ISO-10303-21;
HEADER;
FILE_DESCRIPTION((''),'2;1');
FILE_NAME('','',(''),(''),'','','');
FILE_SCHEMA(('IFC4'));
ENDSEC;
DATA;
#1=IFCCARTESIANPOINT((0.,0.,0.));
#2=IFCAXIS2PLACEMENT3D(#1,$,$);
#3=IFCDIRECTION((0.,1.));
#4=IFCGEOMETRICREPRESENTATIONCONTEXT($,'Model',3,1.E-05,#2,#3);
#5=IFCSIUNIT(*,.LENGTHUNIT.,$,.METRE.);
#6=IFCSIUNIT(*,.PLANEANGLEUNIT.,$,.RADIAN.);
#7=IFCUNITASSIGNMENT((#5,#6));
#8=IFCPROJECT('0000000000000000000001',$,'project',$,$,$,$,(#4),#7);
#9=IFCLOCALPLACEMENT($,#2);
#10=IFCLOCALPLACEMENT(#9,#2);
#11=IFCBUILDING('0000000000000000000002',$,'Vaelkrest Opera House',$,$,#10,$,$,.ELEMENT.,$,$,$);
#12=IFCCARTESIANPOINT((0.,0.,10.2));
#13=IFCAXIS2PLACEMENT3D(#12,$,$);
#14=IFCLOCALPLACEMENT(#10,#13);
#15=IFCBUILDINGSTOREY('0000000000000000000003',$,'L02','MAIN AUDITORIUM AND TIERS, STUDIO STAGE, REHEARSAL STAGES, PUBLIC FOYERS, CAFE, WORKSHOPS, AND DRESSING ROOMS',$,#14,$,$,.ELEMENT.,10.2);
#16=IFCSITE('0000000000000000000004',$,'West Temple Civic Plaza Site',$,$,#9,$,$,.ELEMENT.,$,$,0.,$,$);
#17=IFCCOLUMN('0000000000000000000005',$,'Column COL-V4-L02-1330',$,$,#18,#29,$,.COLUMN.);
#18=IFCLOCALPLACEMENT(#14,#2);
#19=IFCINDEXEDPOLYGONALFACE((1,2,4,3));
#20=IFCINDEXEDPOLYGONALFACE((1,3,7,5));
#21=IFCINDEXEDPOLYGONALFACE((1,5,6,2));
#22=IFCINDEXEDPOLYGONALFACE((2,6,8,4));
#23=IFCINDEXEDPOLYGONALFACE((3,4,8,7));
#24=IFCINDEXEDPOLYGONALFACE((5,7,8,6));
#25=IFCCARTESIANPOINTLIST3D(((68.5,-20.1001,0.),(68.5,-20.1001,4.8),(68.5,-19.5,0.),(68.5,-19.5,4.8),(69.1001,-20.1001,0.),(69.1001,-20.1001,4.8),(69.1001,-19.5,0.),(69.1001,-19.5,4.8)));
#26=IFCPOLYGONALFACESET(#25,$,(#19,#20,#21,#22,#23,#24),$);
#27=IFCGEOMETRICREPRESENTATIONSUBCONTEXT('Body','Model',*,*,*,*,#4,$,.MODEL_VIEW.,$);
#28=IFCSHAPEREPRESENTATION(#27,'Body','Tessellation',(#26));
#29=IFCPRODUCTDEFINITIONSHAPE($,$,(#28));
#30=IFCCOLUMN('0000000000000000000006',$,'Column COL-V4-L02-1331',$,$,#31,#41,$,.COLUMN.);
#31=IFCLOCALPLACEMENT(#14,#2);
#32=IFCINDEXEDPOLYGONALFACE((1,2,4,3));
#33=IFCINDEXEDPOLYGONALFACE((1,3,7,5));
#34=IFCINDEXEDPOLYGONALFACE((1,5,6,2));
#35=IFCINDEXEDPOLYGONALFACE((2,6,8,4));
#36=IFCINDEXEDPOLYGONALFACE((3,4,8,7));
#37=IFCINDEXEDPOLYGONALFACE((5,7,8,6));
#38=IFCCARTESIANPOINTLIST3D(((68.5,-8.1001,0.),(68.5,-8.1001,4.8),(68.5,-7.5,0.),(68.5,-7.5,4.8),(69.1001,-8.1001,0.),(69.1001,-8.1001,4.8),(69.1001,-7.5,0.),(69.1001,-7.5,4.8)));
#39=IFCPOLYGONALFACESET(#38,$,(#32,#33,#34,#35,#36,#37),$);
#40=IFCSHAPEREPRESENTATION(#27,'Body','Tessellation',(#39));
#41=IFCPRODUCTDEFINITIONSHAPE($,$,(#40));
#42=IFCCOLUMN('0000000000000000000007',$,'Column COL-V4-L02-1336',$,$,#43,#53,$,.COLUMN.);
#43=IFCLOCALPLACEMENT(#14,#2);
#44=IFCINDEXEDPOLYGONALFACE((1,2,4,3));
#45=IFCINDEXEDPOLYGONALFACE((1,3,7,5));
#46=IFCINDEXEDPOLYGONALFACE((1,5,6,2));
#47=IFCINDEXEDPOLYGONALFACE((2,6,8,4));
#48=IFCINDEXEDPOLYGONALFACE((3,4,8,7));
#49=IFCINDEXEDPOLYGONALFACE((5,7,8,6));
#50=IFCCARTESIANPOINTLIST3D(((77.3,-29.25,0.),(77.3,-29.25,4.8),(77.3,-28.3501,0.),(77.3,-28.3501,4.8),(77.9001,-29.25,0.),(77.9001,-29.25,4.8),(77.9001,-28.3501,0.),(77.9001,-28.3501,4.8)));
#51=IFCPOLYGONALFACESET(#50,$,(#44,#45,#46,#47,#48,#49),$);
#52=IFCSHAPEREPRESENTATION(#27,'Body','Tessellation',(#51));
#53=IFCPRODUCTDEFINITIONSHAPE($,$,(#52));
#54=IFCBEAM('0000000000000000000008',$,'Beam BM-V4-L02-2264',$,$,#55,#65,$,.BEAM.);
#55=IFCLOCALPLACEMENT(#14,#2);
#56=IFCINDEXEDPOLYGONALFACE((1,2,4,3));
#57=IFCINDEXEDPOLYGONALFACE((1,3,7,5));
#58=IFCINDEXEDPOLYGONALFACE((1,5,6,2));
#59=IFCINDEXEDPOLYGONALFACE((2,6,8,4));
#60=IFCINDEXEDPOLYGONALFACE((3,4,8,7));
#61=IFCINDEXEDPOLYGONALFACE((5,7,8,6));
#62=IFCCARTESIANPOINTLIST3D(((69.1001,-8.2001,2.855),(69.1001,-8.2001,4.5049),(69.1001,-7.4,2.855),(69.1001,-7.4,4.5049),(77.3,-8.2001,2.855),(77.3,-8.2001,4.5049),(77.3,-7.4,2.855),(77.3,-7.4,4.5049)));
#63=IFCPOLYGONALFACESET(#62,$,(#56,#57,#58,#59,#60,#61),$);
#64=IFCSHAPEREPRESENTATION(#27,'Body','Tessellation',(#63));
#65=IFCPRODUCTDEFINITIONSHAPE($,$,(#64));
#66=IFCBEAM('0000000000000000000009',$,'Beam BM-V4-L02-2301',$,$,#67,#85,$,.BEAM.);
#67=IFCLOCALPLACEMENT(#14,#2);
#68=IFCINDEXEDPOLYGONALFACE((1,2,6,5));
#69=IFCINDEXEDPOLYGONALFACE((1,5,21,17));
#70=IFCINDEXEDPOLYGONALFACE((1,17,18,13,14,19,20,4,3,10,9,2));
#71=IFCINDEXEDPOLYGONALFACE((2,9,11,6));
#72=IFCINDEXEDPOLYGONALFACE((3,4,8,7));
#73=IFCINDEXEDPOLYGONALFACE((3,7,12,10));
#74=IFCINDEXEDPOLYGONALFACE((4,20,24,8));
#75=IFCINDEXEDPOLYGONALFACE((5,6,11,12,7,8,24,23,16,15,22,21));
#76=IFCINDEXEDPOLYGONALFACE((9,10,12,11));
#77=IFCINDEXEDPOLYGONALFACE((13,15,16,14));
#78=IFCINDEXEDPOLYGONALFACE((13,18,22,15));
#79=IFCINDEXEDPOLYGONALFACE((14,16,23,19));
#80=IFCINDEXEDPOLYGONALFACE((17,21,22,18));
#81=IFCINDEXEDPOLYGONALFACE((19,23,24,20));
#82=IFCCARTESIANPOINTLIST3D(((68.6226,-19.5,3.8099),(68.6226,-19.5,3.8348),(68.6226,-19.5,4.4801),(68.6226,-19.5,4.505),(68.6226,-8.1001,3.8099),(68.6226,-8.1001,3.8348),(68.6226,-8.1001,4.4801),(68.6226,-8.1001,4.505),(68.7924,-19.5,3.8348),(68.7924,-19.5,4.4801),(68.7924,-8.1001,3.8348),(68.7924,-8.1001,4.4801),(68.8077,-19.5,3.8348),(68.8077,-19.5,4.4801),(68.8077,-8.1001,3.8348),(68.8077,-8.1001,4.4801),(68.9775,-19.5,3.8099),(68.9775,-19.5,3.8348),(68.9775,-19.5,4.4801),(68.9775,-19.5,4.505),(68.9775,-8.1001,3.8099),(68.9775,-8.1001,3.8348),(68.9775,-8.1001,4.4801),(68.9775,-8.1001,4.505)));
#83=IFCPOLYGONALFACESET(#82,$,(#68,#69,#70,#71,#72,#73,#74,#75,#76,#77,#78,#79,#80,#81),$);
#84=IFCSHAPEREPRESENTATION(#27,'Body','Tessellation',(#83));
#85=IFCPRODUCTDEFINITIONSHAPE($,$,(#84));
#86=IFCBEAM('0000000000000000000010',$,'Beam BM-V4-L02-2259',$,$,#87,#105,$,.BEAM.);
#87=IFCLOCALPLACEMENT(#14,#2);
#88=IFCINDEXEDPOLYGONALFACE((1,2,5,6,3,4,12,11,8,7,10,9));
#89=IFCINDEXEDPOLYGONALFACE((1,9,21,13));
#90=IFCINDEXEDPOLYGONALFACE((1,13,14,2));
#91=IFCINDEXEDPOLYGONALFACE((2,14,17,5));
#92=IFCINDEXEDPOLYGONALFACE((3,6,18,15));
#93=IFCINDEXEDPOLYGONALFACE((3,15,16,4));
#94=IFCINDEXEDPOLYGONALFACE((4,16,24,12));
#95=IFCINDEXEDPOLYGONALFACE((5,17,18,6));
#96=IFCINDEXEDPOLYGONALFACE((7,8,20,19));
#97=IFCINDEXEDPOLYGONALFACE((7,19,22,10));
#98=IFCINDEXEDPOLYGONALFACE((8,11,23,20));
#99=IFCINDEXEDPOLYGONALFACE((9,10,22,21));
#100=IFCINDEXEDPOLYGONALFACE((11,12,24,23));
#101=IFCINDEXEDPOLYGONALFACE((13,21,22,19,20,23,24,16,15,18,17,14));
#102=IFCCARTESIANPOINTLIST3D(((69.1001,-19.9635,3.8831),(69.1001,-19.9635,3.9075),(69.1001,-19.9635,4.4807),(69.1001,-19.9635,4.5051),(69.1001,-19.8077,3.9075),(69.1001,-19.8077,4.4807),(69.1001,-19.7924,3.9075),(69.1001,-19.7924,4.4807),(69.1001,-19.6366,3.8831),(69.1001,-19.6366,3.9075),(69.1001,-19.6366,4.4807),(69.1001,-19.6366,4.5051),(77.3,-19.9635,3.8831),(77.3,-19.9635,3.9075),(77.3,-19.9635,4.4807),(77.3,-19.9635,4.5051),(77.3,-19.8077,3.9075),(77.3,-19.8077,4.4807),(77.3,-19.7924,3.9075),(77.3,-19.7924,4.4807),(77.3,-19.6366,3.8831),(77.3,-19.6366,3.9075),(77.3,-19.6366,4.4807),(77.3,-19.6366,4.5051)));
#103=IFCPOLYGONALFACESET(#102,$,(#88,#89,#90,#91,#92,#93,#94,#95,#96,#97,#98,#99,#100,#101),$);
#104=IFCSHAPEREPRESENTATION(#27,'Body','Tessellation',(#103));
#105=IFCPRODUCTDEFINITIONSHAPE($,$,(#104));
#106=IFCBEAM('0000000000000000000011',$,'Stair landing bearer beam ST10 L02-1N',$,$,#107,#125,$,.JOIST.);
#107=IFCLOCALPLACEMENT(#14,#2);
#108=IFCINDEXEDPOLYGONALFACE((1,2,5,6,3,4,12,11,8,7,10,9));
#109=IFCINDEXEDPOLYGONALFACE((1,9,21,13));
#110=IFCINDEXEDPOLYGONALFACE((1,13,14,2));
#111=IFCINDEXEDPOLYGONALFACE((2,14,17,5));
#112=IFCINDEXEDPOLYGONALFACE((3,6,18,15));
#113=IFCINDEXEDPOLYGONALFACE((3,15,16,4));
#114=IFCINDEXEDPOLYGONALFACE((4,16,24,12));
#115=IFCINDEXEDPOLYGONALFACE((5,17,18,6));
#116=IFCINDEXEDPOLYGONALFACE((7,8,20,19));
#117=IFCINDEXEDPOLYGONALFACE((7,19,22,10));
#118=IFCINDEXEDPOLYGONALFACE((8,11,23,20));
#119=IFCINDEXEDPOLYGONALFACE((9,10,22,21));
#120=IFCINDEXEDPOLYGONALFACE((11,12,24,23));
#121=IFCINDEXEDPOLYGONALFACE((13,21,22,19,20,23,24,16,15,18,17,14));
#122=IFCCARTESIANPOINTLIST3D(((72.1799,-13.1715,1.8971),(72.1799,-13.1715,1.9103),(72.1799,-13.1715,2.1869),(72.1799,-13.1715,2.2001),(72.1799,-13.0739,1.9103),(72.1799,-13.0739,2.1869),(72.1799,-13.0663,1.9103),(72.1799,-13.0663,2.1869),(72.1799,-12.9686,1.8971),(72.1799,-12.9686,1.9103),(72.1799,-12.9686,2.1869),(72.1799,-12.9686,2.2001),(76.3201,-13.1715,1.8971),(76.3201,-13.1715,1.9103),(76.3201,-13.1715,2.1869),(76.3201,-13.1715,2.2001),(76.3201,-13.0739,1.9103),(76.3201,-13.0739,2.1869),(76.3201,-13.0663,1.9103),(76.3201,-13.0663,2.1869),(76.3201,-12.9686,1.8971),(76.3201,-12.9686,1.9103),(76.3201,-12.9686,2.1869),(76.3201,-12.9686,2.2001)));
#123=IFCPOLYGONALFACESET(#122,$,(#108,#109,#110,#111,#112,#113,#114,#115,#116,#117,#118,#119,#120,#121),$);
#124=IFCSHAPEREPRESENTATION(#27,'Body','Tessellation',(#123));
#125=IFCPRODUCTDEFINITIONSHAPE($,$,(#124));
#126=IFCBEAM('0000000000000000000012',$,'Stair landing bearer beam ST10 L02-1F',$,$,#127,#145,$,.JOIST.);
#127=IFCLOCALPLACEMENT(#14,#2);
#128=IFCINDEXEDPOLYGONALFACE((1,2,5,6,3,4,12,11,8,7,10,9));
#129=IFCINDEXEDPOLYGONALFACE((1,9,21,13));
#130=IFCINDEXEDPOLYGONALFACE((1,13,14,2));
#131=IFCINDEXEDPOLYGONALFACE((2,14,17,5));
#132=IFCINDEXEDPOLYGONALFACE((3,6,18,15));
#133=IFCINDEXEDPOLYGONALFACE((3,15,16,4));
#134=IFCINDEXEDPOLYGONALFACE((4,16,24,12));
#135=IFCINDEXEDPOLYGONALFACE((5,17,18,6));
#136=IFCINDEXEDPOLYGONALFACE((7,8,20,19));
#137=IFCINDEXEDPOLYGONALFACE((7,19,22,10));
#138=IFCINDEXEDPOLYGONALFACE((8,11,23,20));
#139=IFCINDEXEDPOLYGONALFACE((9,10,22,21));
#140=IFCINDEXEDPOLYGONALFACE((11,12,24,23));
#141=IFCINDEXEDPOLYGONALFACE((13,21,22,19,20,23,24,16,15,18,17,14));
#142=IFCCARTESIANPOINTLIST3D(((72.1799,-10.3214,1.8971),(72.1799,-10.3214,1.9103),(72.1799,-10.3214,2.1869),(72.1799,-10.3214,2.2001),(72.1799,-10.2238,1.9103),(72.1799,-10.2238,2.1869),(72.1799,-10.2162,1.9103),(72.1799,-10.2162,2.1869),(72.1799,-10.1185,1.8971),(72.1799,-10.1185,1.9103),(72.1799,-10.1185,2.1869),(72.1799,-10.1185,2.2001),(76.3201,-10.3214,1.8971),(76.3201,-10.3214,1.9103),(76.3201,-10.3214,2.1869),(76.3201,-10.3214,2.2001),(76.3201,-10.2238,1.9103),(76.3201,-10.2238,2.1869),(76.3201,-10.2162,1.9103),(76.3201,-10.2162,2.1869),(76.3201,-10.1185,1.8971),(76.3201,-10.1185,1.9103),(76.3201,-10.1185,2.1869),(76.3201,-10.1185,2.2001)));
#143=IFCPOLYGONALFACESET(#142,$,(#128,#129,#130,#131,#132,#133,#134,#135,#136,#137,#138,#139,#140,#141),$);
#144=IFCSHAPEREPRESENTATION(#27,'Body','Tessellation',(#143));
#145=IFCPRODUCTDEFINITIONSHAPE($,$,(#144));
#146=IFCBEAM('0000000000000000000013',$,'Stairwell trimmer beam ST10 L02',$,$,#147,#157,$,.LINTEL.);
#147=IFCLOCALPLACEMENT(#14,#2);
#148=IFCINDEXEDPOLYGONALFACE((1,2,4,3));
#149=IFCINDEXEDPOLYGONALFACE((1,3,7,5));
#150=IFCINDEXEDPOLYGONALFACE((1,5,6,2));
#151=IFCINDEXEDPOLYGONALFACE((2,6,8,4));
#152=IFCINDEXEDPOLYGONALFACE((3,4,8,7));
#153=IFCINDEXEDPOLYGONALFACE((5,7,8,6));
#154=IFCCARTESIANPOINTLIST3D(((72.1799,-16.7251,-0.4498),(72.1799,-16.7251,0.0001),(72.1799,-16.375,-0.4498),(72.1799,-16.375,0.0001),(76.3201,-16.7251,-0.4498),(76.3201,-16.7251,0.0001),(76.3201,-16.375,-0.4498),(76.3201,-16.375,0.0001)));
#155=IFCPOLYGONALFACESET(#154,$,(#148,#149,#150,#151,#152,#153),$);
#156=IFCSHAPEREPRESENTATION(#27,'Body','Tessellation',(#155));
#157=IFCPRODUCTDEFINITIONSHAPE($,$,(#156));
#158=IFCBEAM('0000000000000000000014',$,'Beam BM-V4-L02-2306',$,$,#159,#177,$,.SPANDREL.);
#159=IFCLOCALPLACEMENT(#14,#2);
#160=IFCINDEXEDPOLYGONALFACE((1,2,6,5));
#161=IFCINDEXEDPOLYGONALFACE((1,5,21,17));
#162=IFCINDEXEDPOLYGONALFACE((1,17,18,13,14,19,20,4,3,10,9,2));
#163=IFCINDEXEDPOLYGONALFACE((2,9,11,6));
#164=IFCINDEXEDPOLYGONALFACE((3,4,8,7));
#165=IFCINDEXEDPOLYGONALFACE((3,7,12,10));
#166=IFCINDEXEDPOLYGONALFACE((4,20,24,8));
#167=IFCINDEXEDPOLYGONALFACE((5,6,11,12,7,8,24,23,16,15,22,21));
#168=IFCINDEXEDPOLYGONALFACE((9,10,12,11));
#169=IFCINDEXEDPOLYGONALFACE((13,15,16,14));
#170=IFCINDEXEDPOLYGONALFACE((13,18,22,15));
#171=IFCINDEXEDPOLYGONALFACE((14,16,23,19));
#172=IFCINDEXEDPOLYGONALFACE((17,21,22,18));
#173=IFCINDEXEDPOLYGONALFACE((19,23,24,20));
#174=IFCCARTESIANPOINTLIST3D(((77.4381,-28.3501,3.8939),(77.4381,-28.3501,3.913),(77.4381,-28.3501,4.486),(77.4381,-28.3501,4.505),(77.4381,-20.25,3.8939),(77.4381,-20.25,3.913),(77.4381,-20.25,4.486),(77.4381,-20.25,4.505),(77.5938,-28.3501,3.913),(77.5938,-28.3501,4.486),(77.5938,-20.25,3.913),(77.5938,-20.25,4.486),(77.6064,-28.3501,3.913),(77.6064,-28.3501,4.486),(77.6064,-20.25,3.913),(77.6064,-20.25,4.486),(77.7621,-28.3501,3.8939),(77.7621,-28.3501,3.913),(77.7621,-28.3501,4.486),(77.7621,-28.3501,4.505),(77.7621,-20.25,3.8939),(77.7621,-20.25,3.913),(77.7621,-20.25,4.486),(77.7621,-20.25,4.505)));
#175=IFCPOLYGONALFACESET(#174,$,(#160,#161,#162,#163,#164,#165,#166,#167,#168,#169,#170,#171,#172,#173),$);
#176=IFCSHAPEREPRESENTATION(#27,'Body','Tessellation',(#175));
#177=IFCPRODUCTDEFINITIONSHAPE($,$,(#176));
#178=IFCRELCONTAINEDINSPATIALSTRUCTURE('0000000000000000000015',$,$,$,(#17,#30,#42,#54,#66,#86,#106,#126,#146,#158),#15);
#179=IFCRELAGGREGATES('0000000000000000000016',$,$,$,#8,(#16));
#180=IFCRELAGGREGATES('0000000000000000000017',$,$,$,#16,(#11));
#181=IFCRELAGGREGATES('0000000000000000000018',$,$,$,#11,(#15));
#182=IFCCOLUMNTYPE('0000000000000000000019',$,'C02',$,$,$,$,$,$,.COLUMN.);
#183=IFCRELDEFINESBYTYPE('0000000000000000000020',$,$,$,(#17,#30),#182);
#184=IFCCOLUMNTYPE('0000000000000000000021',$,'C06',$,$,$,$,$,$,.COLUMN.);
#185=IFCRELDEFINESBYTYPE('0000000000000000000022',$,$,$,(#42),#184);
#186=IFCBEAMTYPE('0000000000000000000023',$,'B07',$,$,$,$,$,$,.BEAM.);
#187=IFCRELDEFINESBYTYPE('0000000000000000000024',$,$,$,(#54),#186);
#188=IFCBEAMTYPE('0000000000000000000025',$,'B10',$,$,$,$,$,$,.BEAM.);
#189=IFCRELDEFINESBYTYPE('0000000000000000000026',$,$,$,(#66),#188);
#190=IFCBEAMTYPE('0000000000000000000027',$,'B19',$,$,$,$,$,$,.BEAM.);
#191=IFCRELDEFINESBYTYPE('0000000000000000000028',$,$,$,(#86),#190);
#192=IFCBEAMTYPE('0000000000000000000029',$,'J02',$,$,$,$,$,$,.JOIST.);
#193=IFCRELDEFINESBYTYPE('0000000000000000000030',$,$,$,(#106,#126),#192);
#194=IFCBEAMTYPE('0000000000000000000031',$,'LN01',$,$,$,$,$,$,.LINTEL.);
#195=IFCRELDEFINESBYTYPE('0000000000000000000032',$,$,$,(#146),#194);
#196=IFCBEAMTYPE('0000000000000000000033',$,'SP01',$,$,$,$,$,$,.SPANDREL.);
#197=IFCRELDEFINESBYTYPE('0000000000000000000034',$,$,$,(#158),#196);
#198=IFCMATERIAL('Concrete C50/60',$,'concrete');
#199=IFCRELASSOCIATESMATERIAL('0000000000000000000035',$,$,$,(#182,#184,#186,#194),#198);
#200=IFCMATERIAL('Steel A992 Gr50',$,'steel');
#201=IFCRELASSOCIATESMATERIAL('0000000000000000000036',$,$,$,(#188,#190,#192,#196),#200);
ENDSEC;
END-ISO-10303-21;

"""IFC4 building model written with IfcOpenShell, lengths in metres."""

from ifc_helpers import new_model, si_unit, direction, frame, origin, origin_2d, place, context, subcontext, project, spatial, rectangle, i_section, extrude, material, material_profile, profile_set, type_object, element, save


model = new_model("IFC4")

# Units and contexts
model_context = context("Model", 3, precision=1e-05, world=origin(), true_north=direction((0.0, 1.0)))
body_context = subcontext(model_context, "Body", "Model", "MODEL_VIEW")
ifc_project = project(units=[si_unit("LENGTHUNIT", "METRE"), si_unit("PLANEANGLEUNIT", "RADIAN")], contexts=[model_context])

# Site, building, storey
site_placement = place(None, origin())
site = spatial("IfcSite", under=ifc_project, at=site_placement, Name="West Temple Civic Plaza Site", CompositionType="ELEMENT", RefElevation=0.0)
building_placement = place(site_placement, origin())
building = spatial("IfcBuilding", under=site, at=building_placement, Name="Vaelkrest Opera House", CompositionType="ELEMENT")
storey_placement = place(building_placement, frame((0.0, 0.0, 10.2)))
storey = spatial("IfcBuildingStorey", under=building, at=storey_placement, Name="L02", Description="MAIN AUDITORIUM AND TIERS, STUDIO STAGE, REHEARSAL STAGES, PUBLIC FOYERS, CAFE, WORKSHOPS, AND DRESSING ROOMS", CompositionType="ELEMENT", Elevation=10.2)

# Columns
ifc_material_1 = material(Name="Concrete C50/60", Category="concrete")
ifc_material_profile_1 = material_profile(ifc_material_1, rectangle(XDim=0.6001, YDim=0.6001, at=origin_2d()), Name="RC600X600")
ifc_profile_set_1 = profile_set([ifc_material_profile_1], Name="Concrete C50/60")
column_type_1 = type_object("IfcColumnType", Name="C02", PredefinedType="COLUMN", material=ifc_profile_set_1)
for number, where, z_axis, x_axis, name in (
    (1, (68.8, -19.8, 0.0), (0.0, 0.0, 1.0), (1.0, 0.0, 0.0), "Column COL-V4-L02-1330"),
    (2, (68.8, -7.8, 0.0), (0.0, 0.0, 1.0), (1.0, 0.0, 0.0), "Column COL-V4-L02-1331"),
):
    element("IfcColumn", number, at=place(storey_placement, frame(where, z_axis=z_axis, x_axis=x_axis)), inside=storey, type_object=column_type_1, Name=name, PredefinedType="COLUMN", context=body_context, shape_type="SweptSolid", body=[
        extrude(rectangle(XDim=0.6001, YDim=0.6001, at=origin_2d()), origin(), (0.0, 0.0, 1.0), 4.8),
    ])
ifc_material_profile_2 = material_profile(ifc_material_1, rectangle(XDim=0.6001, YDim=0.8999, at=origin_2d()), Name="RC600X900")
ifc_profile_set_2 = profile_set([ifc_material_profile_2], Name="Concrete C50/60")
column_type_2 = type_object("IfcColumnType", Name="C06", PredefinedType="COLUMN", material=ifc_profile_set_2)
column_placement = place(storey_placement, frame((77.6001, -28.8, 0.0), z_axis=(0.0, 0.0, 1.0), x_axis=(1.0, 0.0, 0.0)))
element("IfcColumn", 3, at=column_placement, inside=storey, type_object=column_type_2, Name="Column COL-V4-L02-1336", PredefinedType="COLUMN", context=body_context, shape_type="SweptSolid", body=[
    extrude(rectangle(XDim=0.6001, YDim=0.8999, at=origin_2d()), origin(), (0.0, 0.0, 1.0), 4.8),
])

# Beams
ifc_material_profile_3 = material_profile(ifc_material_1, rectangle(XDim=0.8, YDim=1.6499, at=origin_2d()), Name="RCB800X1650")
ifc_profile_set_3 = profile_set([ifc_material_profile_3], Name="Concrete C50/60")
beam_type_1 = type_object("IfcBeamType", Name="B07", PredefinedType="BEAM", material=ifc_profile_set_3)
beam_1_placement = place(storey_placement, frame((69.1001, -7.8, 3.6799), z_axis=(1.0, 0.0, 0.0), x_axis=(0.0, 1.0, 0.0)))
element("IfcBeam", 4, at=beam_1_placement, inside=storey, type_object=beam_type_1, Name="Beam BM-V4-L02-2264", PredefinedType="BEAM", context=body_context, shape_type="SweptSolid", body=[
    extrude(rectangle(XDim=0.8, YDim=1.6499, at=origin_2d()), origin(), (0.0, 0.0, 1.0), 8.2),
])
ifc_material_2 = material(Name="Steel A992 Gr50", Category="steel")
ifc_material_profile_4 = material_profile(ifc_material_2, i_section(OverallWidth=0.355, OverallDepth=0.6951, WebThickness=0.0154, FlangeThickness=0.0249, at=origin_2d()), Name="W27X146")
ifc_profile_set_4 = profile_set([ifc_material_profile_4], Name="Steel A992 Gr50")
beam_type_2 = type_object("IfcBeamType", Name="B10", PredefinedType="BEAM", material=ifc_profile_set_4)
beam_2_placement = place(storey_placement, frame((68.8, -19.5, 4.1575), z_axis=(0.0, 1.0, 0.0), x_axis=(-1.0, 0.0, 0.0)))
element("IfcBeam", 5, at=beam_2_placement, inside=storey, type_object=beam_type_2, Name="Beam BM-V4-L02-2301", PredefinedType="BEAM", context=body_context, shape_type="SweptSolid", body=[
    extrude(i_section(OverallWidth=0.355, OverallDepth=0.6951, WebThickness=0.0154, FlangeThickness=0.0249, at=origin_2d()), origin(), (0.0, 0.0, 1.0), 11.3999),
])
ifc_material_profile_5 = material_profile(ifc_material_2, i_section(OverallWidth=0.3269, OverallDepth=0.6221, WebThickness=0.0154, FlangeThickness=0.0244, at=origin_2d()), Name="W24X131")
ifc_profile_set_5 = profile_set([ifc_material_profile_5], Name="Steel A992 Gr50")
beam_type_3 = type_object("IfcBeamType", Name="B19", PredefinedType="BEAM", material=ifc_profile_set_5)
beam_3_placement = place(storey_placement, frame((69.1001, -19.8, 4.1941), z_axis=(1.0, 0.0, 0.0), x_axis=(0.0, 1.0, 0.0)))
element("IfcBeam", 6, at=beam_3_placement, inside=storey, type_object=beam_type_3, Name="Beam BM-V4-L02-2259", PredefinedType="BEAM", context=body_context, shape_type="SweptSolid", body=[
    extrude(i_section(OverallWidth=0.3269, OverallDepth=0.6221, WebThickness=0.0154, FlangeThickness=0.0244, at=origin_2d()), origin(), (0.0, 0.0, 1.0), 8.2),
])
ifc_material_profile_6 = material_profile(ifc_material_2, i_section(OverallWidth=0.2029, OverallDepth=0.303, WebThickness=0.0076, FlangeThickness=0.0132, at=origin_2d()), Name="W12X40")
ifc_profile_set_6 = profile_set([ifc_material_profile_6], Name="Steel A992 Gr50")
beam_type_4 = type_object("IfcBeamType", Name="J02", PredefinedType="JOIST", material=ifc_profile_set_6)
for number, where, z_axis, x_axis, name in (
    (7, (72.1799, -13.0701, 2.0486), (1.0, 0.0, 0.0), (0.0, 1.0, 0.0), "Stair landing bearer beam ST10 L02-1N"),
    (8, (72.1799, -10.22, 2.0486), (1.0, 0.0, 0.0), (0.0, 1.0, 0.0), "Stair landing bearer beam ST10 L02-1F"),
):
    element("IfcBeam", number, at=place(storey_placement, frame(where, z_axis=z_axis, x_axis=x_axis)), inside=storey, type_object=beam_type_4, Name=name, PredefinedType="JOIST", context=body_context, shape_type="SweptSolid", body=[
        extrude(i_section(OverallWidth=0.2029, OverallDepth=0.303, WebThickness=0.0076, FlangeThickness=0.0132, at=origin_2d()), origin(), (0.0, 0.0, 1.0), 4.1401),
    ])
ifc_material_profile_7 = material_profile(ifc_material_1, rectangle(XDim=0.3501, YDim=0.45, at=origin_2d()), Name="RCB350X450")
ifc_profile_set_7 = profile_set([ifc_material_profile_7], Name="Concrete C50/60")
beam_type_5 = type_object("IfcBeamType", Name="LN01", PredefinedType="LINTEL", material=ifc_profile_set_7)
beam_4_placement = place(storey_placement, frame((72.1799, -16.55, -0.2249), z_axis=(1.0, 0.0, 0.0), x_axis=(0.0, 1.0, 0.0)))
element("IfcBeam", 9, at=beam_4_placement, inside=storey, type_object=beam_type_5, Name="Stairwell trimmer beam ST10 L02", PredefinedType="LINTEL", context=body_context, shape_type="SweptSolid", body=[
    extrude(rectangle(XDim=0.3501, YDim=0.45, at=origin_2d()), origin(), (0.0, 0.0, 1.0), 4.1401),
])
ifc_material_profile_8 = material_profile(ifc_material_2, i_section(OverallWidth=0.324, OverallDepth=0.6111, WebThickness=0.0127, FlangeThickness=0.019, at=origin_2d()), Name="W24X104")
ifc_profile_set_8 = profile_set([ifc_material_profile_8], Name="Steel A992 Gr50")
beam_type_6 = type_object("IfcBeamType", Name="SP01", PredefinedType="SPANDREL", material=ifc_profile_set_8)
beam_5_placement = place(storey_placement, frame((77.6001, -28.3501, 4.1995), z_axis=(0.0, 1.0, 0.0), x_axis=(-1.0, 0.0, 0.0)))
element("IfcBeam", 10, at=beam_5_placement, inside=storey, type_object=beam_type_6, Name="Beam BM-V4-L02-2306", PredefinedType="SPANDREL", context=body_context, shape_type="SweptSolid", body=[
    extrude(i_section(OverallWidth=0.324, OverallDepth=0.6111, WebThickness=0.0127, FlangeThickness=0.019, at=origin_2d()), origin(), (0.0, 0.0, 1.0), 8.1001),
])

save(model, "model.ifc")
